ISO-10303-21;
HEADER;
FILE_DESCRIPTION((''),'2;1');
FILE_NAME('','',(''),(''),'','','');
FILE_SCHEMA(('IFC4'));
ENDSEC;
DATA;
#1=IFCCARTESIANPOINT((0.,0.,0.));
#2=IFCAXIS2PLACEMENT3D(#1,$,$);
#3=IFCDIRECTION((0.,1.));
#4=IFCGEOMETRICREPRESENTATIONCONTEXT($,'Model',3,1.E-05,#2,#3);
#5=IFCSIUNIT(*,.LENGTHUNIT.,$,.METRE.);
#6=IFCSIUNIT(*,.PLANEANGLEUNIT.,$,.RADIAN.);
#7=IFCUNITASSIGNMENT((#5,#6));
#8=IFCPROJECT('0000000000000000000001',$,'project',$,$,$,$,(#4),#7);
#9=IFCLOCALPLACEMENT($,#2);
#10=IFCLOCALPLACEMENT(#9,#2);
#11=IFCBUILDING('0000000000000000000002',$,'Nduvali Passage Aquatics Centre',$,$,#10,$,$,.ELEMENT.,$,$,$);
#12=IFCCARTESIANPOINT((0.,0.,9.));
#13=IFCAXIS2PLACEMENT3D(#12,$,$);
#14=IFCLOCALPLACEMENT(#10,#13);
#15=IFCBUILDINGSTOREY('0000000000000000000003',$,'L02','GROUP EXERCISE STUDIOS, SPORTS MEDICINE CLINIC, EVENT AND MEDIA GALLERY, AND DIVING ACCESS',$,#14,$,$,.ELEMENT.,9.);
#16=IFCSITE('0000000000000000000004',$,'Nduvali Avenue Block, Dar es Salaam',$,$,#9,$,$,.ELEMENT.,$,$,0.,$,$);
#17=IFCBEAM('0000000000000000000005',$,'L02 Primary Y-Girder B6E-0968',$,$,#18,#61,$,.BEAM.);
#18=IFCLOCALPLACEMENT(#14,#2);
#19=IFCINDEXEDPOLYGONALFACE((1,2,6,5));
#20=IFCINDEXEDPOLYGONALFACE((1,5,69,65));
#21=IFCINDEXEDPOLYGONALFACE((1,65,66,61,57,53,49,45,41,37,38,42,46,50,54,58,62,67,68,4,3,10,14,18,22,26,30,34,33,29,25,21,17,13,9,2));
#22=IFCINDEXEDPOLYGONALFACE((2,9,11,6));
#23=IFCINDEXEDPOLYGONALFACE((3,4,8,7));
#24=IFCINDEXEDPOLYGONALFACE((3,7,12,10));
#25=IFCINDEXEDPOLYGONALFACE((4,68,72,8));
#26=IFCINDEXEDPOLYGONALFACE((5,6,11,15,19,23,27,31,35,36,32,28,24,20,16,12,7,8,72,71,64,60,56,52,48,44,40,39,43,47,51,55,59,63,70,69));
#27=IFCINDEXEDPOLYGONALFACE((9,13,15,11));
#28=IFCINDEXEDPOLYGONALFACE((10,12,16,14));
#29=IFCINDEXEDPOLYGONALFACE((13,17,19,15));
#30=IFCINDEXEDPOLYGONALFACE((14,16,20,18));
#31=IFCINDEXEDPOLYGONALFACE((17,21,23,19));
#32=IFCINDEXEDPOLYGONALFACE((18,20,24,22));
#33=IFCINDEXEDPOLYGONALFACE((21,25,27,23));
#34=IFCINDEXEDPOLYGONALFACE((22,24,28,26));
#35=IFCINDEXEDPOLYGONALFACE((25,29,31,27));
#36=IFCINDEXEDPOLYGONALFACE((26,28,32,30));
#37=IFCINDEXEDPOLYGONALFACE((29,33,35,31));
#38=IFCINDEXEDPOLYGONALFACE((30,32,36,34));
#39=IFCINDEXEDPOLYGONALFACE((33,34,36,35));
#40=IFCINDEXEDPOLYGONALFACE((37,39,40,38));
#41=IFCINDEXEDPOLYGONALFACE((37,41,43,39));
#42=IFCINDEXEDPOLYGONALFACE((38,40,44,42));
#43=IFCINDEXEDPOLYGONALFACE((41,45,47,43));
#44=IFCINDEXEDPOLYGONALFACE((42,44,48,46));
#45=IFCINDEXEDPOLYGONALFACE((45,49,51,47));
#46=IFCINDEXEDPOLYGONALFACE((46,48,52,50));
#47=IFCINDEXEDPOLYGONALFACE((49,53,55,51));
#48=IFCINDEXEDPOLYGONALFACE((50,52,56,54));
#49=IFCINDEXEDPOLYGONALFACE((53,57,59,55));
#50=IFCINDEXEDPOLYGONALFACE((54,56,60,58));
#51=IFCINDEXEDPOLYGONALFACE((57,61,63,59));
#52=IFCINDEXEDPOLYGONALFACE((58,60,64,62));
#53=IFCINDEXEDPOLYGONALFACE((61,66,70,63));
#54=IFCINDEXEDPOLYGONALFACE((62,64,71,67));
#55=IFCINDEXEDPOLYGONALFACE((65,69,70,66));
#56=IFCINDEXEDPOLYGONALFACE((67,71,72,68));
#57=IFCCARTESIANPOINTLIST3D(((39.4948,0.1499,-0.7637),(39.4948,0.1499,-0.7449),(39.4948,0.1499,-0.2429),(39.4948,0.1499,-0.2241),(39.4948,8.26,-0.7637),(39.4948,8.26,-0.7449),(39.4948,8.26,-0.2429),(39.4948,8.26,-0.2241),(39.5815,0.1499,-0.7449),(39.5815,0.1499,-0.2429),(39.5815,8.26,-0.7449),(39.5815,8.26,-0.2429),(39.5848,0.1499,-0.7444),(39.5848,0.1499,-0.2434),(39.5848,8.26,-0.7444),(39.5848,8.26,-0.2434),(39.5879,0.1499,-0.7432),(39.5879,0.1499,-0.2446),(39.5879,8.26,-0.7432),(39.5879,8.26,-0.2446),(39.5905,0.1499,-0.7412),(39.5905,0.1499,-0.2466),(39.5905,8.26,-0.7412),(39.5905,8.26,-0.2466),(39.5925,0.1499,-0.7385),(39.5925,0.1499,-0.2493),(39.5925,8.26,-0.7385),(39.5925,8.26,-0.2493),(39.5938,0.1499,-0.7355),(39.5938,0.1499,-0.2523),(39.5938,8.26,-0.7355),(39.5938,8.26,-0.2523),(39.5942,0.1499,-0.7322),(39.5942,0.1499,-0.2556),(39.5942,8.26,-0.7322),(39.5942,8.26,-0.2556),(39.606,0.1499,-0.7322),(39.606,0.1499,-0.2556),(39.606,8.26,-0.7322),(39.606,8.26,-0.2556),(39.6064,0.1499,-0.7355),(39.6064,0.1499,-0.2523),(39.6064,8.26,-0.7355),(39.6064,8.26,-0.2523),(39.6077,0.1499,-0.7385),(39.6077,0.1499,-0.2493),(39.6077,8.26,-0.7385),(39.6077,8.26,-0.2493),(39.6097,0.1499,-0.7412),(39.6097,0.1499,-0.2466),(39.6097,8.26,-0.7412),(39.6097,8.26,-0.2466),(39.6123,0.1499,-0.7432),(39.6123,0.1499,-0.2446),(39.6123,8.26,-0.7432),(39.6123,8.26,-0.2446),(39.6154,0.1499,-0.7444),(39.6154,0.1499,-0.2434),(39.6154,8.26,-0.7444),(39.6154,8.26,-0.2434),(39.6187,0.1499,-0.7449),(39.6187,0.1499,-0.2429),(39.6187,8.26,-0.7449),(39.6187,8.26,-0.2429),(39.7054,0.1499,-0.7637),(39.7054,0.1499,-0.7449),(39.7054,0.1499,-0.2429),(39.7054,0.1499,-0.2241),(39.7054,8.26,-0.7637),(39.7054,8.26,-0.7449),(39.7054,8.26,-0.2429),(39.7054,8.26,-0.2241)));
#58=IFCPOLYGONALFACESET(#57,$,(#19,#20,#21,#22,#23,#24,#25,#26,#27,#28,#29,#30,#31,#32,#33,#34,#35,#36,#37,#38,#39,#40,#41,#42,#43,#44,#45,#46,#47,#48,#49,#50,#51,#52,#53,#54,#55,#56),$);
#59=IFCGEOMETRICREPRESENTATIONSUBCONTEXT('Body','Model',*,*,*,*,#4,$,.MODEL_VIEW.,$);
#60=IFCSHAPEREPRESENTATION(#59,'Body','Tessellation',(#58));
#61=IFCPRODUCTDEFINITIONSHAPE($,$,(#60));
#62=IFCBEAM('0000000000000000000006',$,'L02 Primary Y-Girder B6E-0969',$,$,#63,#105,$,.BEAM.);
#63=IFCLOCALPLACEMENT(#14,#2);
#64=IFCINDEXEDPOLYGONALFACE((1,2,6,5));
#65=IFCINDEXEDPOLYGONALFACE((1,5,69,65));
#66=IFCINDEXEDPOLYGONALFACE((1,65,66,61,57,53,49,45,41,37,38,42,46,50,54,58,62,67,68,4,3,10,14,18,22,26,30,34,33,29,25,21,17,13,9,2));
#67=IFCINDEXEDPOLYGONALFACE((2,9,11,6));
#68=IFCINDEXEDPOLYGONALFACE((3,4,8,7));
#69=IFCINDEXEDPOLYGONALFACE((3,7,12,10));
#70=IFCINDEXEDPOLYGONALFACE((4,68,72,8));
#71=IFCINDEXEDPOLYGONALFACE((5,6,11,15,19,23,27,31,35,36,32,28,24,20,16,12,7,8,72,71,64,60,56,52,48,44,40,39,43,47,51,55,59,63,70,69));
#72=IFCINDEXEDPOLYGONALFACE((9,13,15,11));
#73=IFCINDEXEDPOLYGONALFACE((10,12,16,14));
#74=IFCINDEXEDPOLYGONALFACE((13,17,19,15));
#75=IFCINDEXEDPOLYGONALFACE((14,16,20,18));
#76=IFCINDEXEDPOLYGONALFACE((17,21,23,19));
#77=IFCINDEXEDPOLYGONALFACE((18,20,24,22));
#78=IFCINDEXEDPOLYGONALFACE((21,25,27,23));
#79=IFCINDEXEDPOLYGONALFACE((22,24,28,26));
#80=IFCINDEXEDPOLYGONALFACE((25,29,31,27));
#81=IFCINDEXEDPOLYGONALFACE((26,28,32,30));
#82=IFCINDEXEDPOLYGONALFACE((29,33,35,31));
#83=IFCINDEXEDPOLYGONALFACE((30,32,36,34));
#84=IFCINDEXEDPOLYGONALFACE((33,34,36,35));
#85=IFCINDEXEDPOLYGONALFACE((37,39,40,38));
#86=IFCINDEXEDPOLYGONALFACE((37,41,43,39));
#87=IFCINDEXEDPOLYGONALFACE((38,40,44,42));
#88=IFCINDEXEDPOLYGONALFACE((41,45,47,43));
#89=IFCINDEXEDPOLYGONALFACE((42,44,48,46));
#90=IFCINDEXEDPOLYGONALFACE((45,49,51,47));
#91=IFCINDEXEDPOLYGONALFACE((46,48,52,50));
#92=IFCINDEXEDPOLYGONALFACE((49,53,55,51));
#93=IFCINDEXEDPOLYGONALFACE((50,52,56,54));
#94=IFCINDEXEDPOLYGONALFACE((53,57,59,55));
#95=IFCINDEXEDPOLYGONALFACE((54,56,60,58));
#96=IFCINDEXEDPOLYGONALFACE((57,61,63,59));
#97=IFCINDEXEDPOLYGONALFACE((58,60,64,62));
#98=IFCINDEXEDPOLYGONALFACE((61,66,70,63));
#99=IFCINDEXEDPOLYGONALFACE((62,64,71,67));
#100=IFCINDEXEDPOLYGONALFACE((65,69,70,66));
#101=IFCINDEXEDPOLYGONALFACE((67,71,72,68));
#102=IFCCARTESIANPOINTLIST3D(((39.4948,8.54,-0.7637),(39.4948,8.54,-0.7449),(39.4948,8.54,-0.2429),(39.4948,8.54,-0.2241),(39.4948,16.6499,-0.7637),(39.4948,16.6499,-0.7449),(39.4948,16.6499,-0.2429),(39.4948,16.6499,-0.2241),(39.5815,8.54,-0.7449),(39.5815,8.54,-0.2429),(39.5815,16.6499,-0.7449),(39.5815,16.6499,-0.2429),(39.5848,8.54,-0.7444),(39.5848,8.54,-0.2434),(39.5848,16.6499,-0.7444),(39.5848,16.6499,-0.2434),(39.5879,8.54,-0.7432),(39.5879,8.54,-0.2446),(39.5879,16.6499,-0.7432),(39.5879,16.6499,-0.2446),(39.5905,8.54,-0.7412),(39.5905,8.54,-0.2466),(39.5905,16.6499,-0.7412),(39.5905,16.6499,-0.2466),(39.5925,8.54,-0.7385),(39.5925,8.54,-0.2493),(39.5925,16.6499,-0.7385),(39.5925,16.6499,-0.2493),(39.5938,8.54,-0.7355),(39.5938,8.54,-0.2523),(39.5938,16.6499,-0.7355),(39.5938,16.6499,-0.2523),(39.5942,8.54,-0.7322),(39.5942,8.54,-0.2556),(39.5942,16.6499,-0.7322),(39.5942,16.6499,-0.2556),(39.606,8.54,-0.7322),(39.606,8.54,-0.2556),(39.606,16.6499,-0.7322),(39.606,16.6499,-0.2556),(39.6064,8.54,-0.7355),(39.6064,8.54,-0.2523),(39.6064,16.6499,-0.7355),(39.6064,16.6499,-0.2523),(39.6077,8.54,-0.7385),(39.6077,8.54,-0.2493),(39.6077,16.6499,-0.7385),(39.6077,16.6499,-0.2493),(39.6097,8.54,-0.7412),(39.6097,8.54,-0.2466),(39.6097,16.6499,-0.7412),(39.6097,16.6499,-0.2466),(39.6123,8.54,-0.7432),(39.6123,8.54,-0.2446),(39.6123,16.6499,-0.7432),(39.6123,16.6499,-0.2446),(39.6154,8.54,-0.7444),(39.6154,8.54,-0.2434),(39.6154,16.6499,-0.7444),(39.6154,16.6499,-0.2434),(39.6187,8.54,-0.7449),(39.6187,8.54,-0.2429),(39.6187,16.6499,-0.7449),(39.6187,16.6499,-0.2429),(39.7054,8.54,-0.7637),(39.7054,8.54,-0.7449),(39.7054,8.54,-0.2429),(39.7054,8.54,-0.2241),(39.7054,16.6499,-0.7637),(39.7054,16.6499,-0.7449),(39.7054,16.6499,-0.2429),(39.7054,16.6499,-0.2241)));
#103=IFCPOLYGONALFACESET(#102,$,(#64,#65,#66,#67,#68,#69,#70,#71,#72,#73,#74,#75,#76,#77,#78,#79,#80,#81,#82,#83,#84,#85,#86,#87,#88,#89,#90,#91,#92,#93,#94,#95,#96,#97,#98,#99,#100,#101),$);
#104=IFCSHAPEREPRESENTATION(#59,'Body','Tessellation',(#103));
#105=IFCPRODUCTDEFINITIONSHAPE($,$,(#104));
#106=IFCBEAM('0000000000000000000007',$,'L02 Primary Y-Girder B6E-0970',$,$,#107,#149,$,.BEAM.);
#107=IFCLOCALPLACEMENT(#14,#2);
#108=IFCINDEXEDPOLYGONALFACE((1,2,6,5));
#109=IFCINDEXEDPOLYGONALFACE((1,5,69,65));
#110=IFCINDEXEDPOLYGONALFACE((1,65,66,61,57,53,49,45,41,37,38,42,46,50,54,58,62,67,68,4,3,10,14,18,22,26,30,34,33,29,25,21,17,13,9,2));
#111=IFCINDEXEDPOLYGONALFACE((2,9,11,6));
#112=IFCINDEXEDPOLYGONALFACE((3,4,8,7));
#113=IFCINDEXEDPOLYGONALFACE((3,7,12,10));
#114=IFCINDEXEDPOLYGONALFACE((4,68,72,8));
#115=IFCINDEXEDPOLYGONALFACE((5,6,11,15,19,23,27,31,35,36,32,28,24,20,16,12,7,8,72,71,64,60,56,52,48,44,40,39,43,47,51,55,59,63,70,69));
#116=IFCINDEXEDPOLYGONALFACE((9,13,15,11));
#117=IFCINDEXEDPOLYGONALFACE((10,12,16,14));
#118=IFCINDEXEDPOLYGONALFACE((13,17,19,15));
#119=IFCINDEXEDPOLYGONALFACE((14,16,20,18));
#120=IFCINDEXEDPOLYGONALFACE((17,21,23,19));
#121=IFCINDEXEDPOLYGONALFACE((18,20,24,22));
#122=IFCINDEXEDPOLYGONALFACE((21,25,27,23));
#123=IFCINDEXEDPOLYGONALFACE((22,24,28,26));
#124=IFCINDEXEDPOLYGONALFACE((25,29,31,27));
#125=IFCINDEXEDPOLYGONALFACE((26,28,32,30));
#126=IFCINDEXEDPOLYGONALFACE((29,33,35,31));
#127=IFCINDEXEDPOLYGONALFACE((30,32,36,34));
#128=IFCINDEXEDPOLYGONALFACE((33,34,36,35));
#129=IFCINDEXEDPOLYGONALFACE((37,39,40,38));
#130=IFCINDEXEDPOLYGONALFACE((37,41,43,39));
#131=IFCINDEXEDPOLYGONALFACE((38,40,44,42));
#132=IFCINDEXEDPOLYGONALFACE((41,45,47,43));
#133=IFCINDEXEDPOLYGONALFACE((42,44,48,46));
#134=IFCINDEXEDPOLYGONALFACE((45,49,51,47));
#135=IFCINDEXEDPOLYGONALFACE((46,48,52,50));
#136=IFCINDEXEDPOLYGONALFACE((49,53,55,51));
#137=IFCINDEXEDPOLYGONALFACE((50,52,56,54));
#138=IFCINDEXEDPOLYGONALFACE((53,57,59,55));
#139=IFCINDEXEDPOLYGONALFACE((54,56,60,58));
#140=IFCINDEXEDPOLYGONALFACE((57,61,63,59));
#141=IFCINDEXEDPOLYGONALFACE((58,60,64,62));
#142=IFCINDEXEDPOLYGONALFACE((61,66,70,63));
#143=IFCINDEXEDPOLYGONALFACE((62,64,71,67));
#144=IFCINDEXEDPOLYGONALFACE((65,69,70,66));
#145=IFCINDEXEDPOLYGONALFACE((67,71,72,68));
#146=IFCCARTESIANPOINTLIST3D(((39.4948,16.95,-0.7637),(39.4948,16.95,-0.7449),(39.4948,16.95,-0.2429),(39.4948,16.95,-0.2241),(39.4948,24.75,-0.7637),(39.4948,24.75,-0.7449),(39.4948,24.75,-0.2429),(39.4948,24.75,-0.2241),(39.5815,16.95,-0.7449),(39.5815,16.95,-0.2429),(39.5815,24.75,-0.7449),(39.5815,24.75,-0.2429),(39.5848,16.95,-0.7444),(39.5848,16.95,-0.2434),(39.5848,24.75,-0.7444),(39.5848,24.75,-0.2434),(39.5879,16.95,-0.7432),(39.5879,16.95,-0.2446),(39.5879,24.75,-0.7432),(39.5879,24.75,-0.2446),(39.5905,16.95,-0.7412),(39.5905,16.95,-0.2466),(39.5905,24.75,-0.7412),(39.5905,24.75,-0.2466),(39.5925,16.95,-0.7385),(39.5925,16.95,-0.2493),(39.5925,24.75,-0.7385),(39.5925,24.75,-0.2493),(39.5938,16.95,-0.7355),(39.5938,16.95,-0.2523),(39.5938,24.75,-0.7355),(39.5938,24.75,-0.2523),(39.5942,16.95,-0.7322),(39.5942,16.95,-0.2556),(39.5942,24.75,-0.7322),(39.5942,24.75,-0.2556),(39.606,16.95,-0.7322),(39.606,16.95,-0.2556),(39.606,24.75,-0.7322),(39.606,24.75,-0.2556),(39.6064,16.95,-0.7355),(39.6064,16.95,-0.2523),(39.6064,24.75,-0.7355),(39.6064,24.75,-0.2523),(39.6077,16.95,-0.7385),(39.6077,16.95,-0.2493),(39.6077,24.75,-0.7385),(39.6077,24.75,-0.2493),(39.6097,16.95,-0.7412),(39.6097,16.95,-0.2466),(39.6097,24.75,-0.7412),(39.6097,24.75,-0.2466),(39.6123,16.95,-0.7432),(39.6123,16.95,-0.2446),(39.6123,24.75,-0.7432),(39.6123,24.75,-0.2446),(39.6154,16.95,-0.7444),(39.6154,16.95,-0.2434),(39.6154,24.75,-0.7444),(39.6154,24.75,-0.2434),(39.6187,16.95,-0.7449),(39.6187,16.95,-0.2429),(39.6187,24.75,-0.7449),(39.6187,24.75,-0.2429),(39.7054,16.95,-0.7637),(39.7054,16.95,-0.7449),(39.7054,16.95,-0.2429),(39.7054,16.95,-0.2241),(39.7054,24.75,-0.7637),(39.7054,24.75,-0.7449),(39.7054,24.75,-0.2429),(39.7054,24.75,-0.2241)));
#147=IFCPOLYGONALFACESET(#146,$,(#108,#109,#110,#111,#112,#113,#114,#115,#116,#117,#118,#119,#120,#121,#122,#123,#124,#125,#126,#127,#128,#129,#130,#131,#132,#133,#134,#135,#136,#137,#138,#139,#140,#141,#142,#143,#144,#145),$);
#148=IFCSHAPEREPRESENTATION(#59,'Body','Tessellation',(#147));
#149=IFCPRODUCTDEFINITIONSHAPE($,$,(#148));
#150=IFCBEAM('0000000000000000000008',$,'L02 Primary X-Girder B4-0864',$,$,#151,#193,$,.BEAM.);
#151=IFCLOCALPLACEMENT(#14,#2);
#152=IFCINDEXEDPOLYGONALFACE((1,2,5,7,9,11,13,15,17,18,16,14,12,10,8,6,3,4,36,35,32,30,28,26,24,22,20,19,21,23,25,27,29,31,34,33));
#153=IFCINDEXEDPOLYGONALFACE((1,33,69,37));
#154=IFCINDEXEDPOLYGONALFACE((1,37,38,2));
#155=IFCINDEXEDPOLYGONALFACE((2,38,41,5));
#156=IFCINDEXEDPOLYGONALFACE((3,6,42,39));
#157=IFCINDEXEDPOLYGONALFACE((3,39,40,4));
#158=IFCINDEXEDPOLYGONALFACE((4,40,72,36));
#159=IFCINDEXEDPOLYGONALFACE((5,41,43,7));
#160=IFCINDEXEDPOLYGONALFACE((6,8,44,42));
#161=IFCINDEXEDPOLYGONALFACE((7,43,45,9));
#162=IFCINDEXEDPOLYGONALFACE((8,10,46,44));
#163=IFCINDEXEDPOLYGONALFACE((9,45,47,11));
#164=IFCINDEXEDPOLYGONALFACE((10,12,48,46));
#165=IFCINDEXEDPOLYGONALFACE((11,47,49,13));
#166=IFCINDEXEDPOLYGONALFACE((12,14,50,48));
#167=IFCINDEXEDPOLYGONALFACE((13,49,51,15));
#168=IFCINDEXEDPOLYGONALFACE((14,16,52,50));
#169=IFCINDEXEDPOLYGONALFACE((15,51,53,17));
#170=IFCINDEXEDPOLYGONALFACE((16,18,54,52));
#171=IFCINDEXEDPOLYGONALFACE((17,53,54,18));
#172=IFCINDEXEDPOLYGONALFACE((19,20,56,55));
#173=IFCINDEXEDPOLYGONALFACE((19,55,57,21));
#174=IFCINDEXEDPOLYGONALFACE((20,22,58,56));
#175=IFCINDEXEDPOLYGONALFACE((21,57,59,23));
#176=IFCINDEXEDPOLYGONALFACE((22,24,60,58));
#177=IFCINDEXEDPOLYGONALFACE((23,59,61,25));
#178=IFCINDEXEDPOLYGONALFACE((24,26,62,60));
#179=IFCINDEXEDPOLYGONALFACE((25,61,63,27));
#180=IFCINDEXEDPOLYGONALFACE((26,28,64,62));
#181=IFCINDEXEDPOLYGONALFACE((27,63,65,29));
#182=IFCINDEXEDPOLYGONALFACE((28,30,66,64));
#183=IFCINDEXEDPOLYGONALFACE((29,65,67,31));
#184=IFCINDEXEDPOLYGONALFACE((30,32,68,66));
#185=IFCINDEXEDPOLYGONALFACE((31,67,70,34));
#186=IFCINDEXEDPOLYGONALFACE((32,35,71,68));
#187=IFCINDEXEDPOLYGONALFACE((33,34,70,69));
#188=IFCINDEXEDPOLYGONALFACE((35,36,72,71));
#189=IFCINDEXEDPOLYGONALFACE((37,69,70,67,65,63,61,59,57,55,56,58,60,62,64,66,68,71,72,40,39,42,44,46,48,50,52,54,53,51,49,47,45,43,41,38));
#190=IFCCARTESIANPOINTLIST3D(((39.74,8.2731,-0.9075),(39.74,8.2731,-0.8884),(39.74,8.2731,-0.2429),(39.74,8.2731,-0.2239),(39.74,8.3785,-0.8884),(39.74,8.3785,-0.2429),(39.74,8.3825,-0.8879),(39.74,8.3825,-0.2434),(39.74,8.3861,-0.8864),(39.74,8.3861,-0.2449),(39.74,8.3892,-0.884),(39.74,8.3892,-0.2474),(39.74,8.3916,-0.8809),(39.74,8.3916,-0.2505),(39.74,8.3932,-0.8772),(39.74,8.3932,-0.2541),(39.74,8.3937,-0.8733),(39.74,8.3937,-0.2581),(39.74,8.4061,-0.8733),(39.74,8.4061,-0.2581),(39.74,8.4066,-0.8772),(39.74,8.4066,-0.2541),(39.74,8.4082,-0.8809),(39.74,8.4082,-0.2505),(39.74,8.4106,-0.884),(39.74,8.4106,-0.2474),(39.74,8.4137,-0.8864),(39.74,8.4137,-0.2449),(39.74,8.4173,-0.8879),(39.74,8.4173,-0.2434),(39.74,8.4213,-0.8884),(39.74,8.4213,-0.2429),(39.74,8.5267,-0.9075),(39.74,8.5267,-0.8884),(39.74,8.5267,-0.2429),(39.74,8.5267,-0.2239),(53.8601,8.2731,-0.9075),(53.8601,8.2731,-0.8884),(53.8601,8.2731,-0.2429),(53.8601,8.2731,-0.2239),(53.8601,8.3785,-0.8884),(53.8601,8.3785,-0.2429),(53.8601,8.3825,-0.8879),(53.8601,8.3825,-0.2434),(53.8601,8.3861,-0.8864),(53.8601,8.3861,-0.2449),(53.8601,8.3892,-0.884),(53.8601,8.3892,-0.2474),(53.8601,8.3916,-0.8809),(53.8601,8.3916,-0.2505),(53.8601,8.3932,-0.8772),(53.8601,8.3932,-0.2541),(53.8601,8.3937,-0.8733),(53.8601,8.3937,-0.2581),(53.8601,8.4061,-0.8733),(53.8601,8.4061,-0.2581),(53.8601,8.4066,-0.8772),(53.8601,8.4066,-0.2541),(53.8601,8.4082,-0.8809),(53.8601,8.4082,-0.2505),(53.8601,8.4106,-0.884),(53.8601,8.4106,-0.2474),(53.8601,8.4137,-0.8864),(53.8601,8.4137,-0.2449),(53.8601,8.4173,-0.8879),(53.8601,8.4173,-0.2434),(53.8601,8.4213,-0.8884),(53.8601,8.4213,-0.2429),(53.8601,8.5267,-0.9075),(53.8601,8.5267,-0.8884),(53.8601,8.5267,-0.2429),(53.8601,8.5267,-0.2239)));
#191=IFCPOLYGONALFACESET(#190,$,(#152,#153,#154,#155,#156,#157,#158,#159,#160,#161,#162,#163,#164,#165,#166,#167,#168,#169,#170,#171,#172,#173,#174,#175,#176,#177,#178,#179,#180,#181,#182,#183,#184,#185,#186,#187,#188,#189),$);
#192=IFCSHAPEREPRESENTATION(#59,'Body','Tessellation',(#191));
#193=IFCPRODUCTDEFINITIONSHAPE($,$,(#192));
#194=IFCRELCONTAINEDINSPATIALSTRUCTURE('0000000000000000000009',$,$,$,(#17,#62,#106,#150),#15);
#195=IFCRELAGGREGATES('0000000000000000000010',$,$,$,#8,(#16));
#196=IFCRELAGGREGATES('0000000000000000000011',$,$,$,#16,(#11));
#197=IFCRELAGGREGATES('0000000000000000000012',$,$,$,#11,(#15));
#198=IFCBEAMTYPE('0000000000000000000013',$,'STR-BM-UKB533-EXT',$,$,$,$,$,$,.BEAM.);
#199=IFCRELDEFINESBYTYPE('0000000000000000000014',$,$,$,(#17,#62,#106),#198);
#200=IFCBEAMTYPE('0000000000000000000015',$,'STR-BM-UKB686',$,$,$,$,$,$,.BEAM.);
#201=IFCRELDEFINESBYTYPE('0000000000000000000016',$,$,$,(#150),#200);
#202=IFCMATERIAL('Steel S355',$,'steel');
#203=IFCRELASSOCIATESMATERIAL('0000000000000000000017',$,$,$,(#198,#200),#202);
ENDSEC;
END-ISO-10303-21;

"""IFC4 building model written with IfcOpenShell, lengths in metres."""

from ifc_helpers import new_model, si_unit, direction, frame, origin, origin_2d, place, context, subcontext, project, spatial, i_section, extrude, material, material_profile, profile_set, type_object, element, save


model = new_model("IFC4")

# Units and contexts
model_context = context("Model", 3, precision=1e-05, world=origin(), true_north=direction((0.0, 1.0)))
body_context = subcontext(model_context, "Body", "Model", "MODEL_VIEW")
ifc_project = project(units=[si_unit("LENGTHUNIT", "METRE"), si_unit("PLANEANGLEUNIT", "RADIAN")], contexts=[model_context])

# Site, building, storey
site_placement = place(None, origin())
site = spatial("IfcSite", under=ifc_project, at=site_placement, Name="Nduvali Avenue Block, Dar es Salaam", CompositionType="ELEMENT", RefElevation=0.0)
building_placement = place(site_placement, origin())
building = spatial("IfcBuilding", under=site, at=building_placement, Name="Nduvali Passage Aquatics Centre", CompositionType="ELEMENT")
storey_placement = place(building_placement, frame((0.0, 0.0, 9.0)))
storey = spatial("IfcBuildingStorey", under=building, at=storey_placement, Name="L02", Description="GROUP EXERCISE STUDIOS, SPORTS MEDICINE CLINIC, EVENT AND MEDIA GALLERY, AND DIVING ACCESS", CompositionType="ELEMENT", Elevation=9.0)

# Beams
ifc_material_1 = material(Name="Steel S355", Category="steel")
ifc_material_profile_1 = material_profile(ifc_material_1, i_section(OverallWidth=0.2107, OverallDepth=0.5396, WebThickness=0.0117, FlangeThickness=0.0188, FilletRadius=0.0127, at=origin_2d()), Name="UKB 533x210x109")
ifc_profile_set_1 = profile_set([ifc_material_profile_1], Name="Steel S355")
beam_type_1 = type_object("IfcBeamType", Name="STR-BM-UKB533-EXT", PredefinedType="BEAM", material=ifc_profile_set_1)
beam_1_placement = place(storey_placement, frame((39.6001, 0.1499, -0.4939), z_axis=(0.0, 1.0, 0.0), x_axis=(-1.0, 0.0, 0.0)))
element("IfcBeam", 1, at=beam_1_placement, inside=storey, type_object=beam_type_1, Name="L02 Primary Y-Girder B6E-0968", PredefinedType="BEAM", context=body_context, shape_type="SweptSolid", body=[
    extrude(i_section(OverallWidth=0.2107, OverallDepth=0.5396, WebThickness=0.0117, FlangeThickness=0.0188, FilletRadius=0.0127, at=origin_2d()), origin(), (0.0, 0.0, 1.0), 8.1101),
])
beam_2_placement = place(storey_placement, frame((39.6001, 8.54, -0.4939), z_axis=(0.0, 1.0, 0.0), x_axis=(-1.0, 0.0, 0.0)))
element("IfcBeam", 2, at=beam_2_placement, inside=storey, type_object=beam_type_1, Name="L02 Primary Y-Girder B6E-0969", PredefinedType="BEAM", context=body_context, shape_type="SweptSolid", body=[
    extrude(i_section(OverallWidth=0.2107, OverallDepth=0.5396, WebThickness=0.0117, FlangeThickness=0.0188, FilletRadius=0.0127, at=origin_2d()), origin(), (0.0, 0.0, 1.0), 8.1099),
])
beam_3_placement = place(storey_placement, frame((39.6001, 16.95, -0.4939), z_axis=(0.0, 1.0, 0.0), x_axis=(-1.0, 0.0, 0.0)))
element("IfcBeam", 3, at=beam_3_placement, inside=storey, type_object=beam_type_1, Name="L02 Primary Y-Girder B6E-0970", PredefinedType="BEAM", context=body_context, shape_type="SweptSolid", body=[
    extrude(i_section(OverallWidth=0.2107, OverallDepth=0.5396, WebThickness=0.0117, FlangeThickness=0.0188, FilletRadius=0.0127, at=origin_2d()), origin(), (0.0, 0.0, 1.0), 7.8),
])
ifc_material_profile_2 = material_profile(ifc_material_1, i_section(OverallWidth=0.2537, OverallDepth=0.6836, WebThickness=0.0125, FlangeThickness=0.019, FilletRadius=0.0151, at=origin_2d()), Name="UKB 686x254x140")
ifc_profile_set_2 = profile_set([ifc_material_profile_2], Name="Steel S355")
beam_type_2 = type_object("IfcBeamType", Name="STR-BM-UKB686", PredefinedType="BEAM", material=ifc_profile_set_2)
beam_4_placement = place(storey_placement, frame((39.74, 8.3999, -0.5657), z_axis=(1.0, 0.0, 0.0), x_axis=(0.0, 1.0, 0.0)))
element("IfcBeam", 4, at=beam_4_placement, inside=storey, type_object=beam_type_2, Name="L02 Primary X-Girder B4-0864", PredefinedType="BEAM", context=body_context, shape_type="SweptSolid", body=[
    extrude(i_section(OverallWidth=0.2537, OverallDepth=0.6836, WebThickness=0.0125, FlangeThickness=0.019, FilletRadius=0.0151, at=origin_2d()), origin(), (0.0, 0.0, 1.0), 14.1201),
])

save(model, "model.ifc")
